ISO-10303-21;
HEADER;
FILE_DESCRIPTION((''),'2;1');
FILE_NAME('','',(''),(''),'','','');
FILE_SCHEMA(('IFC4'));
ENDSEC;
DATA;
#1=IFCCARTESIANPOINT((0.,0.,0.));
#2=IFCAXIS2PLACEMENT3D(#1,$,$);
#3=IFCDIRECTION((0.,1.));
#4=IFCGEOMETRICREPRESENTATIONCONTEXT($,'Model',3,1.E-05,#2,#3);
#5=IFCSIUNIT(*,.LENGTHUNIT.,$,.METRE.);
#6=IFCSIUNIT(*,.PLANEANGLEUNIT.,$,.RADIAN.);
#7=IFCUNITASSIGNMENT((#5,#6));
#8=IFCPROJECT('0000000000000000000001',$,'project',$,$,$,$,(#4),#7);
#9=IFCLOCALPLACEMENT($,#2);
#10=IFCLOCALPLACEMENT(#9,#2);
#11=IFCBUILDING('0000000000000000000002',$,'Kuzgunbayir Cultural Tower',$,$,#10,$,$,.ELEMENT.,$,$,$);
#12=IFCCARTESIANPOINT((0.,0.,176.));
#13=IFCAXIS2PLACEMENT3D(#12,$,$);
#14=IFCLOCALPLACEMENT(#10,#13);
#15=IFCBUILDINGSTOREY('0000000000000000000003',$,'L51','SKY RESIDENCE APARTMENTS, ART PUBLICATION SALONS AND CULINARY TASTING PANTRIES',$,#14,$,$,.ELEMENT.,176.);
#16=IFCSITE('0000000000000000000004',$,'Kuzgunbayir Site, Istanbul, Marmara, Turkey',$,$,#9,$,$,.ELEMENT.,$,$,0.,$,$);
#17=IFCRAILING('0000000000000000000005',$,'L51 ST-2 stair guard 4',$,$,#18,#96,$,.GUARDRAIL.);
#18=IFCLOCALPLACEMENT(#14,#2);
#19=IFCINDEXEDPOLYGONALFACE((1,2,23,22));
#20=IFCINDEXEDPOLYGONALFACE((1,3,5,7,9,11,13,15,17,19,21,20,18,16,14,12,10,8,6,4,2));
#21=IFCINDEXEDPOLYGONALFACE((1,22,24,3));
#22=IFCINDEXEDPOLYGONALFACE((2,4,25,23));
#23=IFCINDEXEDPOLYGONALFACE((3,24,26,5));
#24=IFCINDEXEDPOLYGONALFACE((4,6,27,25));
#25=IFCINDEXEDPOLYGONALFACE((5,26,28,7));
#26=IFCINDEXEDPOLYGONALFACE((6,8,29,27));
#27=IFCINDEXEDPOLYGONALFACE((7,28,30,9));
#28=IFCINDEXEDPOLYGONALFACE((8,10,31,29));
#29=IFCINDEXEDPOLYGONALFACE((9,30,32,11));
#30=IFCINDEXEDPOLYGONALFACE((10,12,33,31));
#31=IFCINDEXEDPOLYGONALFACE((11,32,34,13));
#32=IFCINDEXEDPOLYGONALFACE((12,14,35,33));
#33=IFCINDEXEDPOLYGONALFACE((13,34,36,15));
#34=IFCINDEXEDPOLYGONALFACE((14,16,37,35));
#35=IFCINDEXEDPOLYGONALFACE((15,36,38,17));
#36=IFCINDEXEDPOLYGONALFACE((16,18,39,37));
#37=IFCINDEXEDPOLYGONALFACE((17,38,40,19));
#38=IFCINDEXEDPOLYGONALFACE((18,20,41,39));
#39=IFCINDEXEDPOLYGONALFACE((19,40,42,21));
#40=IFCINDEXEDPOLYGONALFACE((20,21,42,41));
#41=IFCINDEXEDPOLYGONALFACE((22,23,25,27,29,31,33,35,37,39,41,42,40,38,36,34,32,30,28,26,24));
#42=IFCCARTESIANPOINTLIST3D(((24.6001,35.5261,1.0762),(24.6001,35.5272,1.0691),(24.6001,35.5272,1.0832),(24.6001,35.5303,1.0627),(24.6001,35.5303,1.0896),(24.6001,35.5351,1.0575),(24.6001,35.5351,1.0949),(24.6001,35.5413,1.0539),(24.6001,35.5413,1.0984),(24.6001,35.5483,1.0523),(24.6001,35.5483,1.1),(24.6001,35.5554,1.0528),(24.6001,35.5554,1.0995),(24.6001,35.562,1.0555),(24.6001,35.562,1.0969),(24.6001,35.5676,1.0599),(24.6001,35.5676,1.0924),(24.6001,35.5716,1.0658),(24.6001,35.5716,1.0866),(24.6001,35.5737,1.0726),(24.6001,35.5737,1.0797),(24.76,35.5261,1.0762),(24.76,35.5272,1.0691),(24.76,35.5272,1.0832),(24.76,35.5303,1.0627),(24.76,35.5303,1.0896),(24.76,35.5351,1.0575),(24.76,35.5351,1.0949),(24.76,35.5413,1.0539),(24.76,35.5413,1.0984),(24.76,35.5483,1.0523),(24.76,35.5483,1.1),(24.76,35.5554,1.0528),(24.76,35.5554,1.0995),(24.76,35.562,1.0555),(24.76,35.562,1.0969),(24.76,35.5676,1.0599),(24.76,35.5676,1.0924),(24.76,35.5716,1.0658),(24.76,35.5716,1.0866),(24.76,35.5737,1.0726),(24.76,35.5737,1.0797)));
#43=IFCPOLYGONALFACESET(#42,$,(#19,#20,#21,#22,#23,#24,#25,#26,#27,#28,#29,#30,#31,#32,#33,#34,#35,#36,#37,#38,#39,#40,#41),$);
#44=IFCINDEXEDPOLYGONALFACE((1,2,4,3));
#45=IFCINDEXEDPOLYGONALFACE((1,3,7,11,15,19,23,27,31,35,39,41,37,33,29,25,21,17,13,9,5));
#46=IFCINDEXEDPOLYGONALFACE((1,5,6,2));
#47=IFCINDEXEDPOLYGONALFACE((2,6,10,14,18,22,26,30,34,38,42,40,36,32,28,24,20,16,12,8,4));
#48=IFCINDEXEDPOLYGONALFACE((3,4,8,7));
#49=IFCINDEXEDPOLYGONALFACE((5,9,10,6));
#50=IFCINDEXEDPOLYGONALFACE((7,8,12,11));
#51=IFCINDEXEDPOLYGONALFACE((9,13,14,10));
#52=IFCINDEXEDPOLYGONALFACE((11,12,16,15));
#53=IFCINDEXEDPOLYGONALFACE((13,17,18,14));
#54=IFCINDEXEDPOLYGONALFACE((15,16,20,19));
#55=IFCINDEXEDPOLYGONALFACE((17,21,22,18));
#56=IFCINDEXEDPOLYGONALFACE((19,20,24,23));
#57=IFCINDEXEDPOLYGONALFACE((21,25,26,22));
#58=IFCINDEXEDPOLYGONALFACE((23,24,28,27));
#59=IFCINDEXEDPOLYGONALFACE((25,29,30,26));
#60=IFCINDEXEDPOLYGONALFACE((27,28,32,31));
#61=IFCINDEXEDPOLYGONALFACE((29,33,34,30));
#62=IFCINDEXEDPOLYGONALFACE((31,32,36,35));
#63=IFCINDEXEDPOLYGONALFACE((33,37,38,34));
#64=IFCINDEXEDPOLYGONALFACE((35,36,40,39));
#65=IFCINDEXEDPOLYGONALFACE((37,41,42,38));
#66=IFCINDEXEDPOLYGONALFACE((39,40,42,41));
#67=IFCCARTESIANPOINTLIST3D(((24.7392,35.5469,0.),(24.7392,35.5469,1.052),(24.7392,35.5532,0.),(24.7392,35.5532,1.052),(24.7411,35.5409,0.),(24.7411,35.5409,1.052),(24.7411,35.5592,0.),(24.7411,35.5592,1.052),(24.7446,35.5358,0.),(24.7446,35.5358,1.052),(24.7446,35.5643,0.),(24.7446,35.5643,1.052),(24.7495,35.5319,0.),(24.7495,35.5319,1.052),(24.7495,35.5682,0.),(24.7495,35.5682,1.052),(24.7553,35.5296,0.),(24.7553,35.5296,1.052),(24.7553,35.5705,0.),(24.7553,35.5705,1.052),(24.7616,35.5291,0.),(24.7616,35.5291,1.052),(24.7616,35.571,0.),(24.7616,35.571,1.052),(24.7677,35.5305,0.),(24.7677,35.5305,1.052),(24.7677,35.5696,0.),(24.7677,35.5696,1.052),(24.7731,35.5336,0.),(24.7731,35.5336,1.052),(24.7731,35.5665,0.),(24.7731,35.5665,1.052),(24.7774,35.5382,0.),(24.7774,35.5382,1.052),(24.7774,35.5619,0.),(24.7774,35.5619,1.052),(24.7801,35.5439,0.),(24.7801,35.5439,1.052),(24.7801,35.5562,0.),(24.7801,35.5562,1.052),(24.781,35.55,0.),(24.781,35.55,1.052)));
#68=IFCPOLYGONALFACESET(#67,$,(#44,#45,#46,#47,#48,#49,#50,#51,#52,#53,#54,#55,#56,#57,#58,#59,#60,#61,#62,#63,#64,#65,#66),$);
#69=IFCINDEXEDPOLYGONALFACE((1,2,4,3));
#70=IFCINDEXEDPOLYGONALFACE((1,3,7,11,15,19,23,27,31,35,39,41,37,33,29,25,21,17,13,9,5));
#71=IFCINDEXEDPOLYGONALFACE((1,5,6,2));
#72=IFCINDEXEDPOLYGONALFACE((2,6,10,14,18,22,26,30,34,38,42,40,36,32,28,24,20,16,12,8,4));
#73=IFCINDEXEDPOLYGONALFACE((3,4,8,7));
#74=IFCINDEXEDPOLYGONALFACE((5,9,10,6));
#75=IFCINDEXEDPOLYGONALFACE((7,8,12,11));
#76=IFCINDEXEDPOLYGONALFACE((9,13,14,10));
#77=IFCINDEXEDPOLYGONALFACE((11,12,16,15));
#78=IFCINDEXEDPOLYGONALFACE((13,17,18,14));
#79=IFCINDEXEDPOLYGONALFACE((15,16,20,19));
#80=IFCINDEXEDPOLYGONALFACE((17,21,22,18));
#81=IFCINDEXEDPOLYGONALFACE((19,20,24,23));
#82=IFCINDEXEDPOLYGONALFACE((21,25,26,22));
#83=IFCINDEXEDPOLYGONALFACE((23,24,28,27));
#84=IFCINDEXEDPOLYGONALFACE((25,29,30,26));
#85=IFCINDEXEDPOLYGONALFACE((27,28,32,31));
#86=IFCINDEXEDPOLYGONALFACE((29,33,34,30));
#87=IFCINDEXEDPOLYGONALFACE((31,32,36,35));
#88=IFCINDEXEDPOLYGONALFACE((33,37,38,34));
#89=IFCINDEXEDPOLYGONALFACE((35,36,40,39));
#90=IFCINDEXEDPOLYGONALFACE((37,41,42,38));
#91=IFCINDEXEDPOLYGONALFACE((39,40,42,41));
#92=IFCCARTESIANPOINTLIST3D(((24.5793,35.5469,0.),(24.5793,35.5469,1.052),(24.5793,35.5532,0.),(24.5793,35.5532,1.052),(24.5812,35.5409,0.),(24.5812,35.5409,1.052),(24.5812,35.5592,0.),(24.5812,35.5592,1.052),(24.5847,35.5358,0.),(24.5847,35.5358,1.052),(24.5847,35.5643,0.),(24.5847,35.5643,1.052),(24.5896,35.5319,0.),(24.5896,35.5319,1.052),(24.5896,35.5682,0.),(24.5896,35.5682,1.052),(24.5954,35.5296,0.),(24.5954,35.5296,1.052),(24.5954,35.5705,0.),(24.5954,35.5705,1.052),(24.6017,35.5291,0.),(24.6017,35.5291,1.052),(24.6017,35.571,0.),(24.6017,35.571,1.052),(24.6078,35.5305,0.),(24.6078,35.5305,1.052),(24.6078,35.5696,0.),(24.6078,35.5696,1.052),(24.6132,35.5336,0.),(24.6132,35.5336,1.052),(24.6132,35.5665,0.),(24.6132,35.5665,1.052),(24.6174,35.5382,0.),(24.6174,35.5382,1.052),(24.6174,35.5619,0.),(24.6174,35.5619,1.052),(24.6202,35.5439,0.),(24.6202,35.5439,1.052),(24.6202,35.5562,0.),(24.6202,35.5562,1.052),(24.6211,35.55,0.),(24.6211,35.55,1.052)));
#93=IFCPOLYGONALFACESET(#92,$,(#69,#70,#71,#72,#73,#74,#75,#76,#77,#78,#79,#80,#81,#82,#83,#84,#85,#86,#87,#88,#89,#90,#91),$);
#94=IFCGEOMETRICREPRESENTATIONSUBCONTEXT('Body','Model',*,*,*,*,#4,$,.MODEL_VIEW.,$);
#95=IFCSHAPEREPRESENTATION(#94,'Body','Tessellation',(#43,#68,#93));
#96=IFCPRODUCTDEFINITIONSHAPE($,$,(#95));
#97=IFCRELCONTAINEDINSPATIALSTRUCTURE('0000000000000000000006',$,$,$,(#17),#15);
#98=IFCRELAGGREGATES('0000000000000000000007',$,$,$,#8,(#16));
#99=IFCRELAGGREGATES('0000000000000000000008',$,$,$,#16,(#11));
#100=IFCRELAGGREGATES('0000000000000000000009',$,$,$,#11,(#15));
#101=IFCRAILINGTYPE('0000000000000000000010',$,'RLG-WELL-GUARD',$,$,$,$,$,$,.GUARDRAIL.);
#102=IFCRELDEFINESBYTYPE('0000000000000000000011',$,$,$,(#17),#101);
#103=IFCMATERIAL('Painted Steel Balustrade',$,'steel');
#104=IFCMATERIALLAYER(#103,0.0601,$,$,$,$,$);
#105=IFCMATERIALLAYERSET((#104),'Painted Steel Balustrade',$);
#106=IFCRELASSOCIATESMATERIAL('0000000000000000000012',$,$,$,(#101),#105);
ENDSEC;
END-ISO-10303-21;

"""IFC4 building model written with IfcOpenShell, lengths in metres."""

from ifc_helpers import new_model, si_unit, direction, frame, origin, origin_2d, place, context, subcontext, project, spatial, circle, extrude, material, layer, layer_set, type_object, element, save


model = new_model("IFC4")

# Units and contexts
model_context = context("Model", 3, precision=1e-05, world=origin(), true_north=direction((0.0, 1.0)))
body_context = subcontext(model_context, "Body", "Model", "MODEL_VIEW")
ifc_project = project(units=[si_unit("LENGTHUNIT", "METRE"), si_unit("PLANEANGLEUNIT", "RADIAN")], contexts=[model_context])

# Site, building, storey
site_placement = place(None, origin())
site = spatial("IfcSite", under=ifc_project, at=site_placement, Name="Kuzgunbayir Site, Istanbul, Marmara, Turkey", CompositionType="ELEMENT", RefElevation=0.0)
building_placement = place(site_placement, origin())
building = spatial("IfcBuilding", under=site, at=building_placement, Name="Kuzgunbayir Cultural Tower", CompositionType="ELEMENT")
storey_placement = place(building_placement, frame((0.0, 0.0, 176.0)))
storey = spatial("IfcBuildingStorey", under=building, at=storey_placement, Name="L51", Description="SKY RESIDENCE APARTMENTS, ART PUBLICATION SALONS AND CULINARY TASTING PANTRIES", CompositionType="ELEMENT", Elevation=176.0)

# Railing
ifc_material_1 = material(Name="Painted Steel Balustrade", Category="steel")
ifc_layer_1 = layer(ifc_material_1, 0.0601)
ifc_layer_set_1 = layer_set([ifc_layer_1], Name="Painted Steel Balustrade")
railing_type_1 = type_object("IfcRailingType", Name="RLG-WELL-GUARD", PredefinedType="GUARDRAIL", material=ifc_layer_set_1)
railing_1_placement = place(storey_placement, frame((24.76, 35.55, 0.0)))
element("IfcRailing", 1, at=railing_1_placement, inside=storey, type_object=railing_type_1, Name="L51 ST-2 stair guard 4", PredefinedType="GUARDRAIL", context=body_context, shape_type="SweptSolid", body=[
    extrude(circle(Radius=0.0239, at=origin_2d()), frame((0.0, 0.0, 1.0762), z_axis=(-1.0, 0.0, 0.0), x_axis=(0.0, -1.0, 0.0)), (0.0, 0.0, 1.0), 0.1599),
    extrude(circle(Radius=0.021, at=origin_2d()), origin(), (0.0, 0.0, 1.0), 1.052),
    extrude(circle(Radius=0.021, at=origin_2d()), frame((-0.1599, 0.0, 0.0)), (0.0, 0.0, 1.0), 1.052),
])

save(model, "model.ifc")
